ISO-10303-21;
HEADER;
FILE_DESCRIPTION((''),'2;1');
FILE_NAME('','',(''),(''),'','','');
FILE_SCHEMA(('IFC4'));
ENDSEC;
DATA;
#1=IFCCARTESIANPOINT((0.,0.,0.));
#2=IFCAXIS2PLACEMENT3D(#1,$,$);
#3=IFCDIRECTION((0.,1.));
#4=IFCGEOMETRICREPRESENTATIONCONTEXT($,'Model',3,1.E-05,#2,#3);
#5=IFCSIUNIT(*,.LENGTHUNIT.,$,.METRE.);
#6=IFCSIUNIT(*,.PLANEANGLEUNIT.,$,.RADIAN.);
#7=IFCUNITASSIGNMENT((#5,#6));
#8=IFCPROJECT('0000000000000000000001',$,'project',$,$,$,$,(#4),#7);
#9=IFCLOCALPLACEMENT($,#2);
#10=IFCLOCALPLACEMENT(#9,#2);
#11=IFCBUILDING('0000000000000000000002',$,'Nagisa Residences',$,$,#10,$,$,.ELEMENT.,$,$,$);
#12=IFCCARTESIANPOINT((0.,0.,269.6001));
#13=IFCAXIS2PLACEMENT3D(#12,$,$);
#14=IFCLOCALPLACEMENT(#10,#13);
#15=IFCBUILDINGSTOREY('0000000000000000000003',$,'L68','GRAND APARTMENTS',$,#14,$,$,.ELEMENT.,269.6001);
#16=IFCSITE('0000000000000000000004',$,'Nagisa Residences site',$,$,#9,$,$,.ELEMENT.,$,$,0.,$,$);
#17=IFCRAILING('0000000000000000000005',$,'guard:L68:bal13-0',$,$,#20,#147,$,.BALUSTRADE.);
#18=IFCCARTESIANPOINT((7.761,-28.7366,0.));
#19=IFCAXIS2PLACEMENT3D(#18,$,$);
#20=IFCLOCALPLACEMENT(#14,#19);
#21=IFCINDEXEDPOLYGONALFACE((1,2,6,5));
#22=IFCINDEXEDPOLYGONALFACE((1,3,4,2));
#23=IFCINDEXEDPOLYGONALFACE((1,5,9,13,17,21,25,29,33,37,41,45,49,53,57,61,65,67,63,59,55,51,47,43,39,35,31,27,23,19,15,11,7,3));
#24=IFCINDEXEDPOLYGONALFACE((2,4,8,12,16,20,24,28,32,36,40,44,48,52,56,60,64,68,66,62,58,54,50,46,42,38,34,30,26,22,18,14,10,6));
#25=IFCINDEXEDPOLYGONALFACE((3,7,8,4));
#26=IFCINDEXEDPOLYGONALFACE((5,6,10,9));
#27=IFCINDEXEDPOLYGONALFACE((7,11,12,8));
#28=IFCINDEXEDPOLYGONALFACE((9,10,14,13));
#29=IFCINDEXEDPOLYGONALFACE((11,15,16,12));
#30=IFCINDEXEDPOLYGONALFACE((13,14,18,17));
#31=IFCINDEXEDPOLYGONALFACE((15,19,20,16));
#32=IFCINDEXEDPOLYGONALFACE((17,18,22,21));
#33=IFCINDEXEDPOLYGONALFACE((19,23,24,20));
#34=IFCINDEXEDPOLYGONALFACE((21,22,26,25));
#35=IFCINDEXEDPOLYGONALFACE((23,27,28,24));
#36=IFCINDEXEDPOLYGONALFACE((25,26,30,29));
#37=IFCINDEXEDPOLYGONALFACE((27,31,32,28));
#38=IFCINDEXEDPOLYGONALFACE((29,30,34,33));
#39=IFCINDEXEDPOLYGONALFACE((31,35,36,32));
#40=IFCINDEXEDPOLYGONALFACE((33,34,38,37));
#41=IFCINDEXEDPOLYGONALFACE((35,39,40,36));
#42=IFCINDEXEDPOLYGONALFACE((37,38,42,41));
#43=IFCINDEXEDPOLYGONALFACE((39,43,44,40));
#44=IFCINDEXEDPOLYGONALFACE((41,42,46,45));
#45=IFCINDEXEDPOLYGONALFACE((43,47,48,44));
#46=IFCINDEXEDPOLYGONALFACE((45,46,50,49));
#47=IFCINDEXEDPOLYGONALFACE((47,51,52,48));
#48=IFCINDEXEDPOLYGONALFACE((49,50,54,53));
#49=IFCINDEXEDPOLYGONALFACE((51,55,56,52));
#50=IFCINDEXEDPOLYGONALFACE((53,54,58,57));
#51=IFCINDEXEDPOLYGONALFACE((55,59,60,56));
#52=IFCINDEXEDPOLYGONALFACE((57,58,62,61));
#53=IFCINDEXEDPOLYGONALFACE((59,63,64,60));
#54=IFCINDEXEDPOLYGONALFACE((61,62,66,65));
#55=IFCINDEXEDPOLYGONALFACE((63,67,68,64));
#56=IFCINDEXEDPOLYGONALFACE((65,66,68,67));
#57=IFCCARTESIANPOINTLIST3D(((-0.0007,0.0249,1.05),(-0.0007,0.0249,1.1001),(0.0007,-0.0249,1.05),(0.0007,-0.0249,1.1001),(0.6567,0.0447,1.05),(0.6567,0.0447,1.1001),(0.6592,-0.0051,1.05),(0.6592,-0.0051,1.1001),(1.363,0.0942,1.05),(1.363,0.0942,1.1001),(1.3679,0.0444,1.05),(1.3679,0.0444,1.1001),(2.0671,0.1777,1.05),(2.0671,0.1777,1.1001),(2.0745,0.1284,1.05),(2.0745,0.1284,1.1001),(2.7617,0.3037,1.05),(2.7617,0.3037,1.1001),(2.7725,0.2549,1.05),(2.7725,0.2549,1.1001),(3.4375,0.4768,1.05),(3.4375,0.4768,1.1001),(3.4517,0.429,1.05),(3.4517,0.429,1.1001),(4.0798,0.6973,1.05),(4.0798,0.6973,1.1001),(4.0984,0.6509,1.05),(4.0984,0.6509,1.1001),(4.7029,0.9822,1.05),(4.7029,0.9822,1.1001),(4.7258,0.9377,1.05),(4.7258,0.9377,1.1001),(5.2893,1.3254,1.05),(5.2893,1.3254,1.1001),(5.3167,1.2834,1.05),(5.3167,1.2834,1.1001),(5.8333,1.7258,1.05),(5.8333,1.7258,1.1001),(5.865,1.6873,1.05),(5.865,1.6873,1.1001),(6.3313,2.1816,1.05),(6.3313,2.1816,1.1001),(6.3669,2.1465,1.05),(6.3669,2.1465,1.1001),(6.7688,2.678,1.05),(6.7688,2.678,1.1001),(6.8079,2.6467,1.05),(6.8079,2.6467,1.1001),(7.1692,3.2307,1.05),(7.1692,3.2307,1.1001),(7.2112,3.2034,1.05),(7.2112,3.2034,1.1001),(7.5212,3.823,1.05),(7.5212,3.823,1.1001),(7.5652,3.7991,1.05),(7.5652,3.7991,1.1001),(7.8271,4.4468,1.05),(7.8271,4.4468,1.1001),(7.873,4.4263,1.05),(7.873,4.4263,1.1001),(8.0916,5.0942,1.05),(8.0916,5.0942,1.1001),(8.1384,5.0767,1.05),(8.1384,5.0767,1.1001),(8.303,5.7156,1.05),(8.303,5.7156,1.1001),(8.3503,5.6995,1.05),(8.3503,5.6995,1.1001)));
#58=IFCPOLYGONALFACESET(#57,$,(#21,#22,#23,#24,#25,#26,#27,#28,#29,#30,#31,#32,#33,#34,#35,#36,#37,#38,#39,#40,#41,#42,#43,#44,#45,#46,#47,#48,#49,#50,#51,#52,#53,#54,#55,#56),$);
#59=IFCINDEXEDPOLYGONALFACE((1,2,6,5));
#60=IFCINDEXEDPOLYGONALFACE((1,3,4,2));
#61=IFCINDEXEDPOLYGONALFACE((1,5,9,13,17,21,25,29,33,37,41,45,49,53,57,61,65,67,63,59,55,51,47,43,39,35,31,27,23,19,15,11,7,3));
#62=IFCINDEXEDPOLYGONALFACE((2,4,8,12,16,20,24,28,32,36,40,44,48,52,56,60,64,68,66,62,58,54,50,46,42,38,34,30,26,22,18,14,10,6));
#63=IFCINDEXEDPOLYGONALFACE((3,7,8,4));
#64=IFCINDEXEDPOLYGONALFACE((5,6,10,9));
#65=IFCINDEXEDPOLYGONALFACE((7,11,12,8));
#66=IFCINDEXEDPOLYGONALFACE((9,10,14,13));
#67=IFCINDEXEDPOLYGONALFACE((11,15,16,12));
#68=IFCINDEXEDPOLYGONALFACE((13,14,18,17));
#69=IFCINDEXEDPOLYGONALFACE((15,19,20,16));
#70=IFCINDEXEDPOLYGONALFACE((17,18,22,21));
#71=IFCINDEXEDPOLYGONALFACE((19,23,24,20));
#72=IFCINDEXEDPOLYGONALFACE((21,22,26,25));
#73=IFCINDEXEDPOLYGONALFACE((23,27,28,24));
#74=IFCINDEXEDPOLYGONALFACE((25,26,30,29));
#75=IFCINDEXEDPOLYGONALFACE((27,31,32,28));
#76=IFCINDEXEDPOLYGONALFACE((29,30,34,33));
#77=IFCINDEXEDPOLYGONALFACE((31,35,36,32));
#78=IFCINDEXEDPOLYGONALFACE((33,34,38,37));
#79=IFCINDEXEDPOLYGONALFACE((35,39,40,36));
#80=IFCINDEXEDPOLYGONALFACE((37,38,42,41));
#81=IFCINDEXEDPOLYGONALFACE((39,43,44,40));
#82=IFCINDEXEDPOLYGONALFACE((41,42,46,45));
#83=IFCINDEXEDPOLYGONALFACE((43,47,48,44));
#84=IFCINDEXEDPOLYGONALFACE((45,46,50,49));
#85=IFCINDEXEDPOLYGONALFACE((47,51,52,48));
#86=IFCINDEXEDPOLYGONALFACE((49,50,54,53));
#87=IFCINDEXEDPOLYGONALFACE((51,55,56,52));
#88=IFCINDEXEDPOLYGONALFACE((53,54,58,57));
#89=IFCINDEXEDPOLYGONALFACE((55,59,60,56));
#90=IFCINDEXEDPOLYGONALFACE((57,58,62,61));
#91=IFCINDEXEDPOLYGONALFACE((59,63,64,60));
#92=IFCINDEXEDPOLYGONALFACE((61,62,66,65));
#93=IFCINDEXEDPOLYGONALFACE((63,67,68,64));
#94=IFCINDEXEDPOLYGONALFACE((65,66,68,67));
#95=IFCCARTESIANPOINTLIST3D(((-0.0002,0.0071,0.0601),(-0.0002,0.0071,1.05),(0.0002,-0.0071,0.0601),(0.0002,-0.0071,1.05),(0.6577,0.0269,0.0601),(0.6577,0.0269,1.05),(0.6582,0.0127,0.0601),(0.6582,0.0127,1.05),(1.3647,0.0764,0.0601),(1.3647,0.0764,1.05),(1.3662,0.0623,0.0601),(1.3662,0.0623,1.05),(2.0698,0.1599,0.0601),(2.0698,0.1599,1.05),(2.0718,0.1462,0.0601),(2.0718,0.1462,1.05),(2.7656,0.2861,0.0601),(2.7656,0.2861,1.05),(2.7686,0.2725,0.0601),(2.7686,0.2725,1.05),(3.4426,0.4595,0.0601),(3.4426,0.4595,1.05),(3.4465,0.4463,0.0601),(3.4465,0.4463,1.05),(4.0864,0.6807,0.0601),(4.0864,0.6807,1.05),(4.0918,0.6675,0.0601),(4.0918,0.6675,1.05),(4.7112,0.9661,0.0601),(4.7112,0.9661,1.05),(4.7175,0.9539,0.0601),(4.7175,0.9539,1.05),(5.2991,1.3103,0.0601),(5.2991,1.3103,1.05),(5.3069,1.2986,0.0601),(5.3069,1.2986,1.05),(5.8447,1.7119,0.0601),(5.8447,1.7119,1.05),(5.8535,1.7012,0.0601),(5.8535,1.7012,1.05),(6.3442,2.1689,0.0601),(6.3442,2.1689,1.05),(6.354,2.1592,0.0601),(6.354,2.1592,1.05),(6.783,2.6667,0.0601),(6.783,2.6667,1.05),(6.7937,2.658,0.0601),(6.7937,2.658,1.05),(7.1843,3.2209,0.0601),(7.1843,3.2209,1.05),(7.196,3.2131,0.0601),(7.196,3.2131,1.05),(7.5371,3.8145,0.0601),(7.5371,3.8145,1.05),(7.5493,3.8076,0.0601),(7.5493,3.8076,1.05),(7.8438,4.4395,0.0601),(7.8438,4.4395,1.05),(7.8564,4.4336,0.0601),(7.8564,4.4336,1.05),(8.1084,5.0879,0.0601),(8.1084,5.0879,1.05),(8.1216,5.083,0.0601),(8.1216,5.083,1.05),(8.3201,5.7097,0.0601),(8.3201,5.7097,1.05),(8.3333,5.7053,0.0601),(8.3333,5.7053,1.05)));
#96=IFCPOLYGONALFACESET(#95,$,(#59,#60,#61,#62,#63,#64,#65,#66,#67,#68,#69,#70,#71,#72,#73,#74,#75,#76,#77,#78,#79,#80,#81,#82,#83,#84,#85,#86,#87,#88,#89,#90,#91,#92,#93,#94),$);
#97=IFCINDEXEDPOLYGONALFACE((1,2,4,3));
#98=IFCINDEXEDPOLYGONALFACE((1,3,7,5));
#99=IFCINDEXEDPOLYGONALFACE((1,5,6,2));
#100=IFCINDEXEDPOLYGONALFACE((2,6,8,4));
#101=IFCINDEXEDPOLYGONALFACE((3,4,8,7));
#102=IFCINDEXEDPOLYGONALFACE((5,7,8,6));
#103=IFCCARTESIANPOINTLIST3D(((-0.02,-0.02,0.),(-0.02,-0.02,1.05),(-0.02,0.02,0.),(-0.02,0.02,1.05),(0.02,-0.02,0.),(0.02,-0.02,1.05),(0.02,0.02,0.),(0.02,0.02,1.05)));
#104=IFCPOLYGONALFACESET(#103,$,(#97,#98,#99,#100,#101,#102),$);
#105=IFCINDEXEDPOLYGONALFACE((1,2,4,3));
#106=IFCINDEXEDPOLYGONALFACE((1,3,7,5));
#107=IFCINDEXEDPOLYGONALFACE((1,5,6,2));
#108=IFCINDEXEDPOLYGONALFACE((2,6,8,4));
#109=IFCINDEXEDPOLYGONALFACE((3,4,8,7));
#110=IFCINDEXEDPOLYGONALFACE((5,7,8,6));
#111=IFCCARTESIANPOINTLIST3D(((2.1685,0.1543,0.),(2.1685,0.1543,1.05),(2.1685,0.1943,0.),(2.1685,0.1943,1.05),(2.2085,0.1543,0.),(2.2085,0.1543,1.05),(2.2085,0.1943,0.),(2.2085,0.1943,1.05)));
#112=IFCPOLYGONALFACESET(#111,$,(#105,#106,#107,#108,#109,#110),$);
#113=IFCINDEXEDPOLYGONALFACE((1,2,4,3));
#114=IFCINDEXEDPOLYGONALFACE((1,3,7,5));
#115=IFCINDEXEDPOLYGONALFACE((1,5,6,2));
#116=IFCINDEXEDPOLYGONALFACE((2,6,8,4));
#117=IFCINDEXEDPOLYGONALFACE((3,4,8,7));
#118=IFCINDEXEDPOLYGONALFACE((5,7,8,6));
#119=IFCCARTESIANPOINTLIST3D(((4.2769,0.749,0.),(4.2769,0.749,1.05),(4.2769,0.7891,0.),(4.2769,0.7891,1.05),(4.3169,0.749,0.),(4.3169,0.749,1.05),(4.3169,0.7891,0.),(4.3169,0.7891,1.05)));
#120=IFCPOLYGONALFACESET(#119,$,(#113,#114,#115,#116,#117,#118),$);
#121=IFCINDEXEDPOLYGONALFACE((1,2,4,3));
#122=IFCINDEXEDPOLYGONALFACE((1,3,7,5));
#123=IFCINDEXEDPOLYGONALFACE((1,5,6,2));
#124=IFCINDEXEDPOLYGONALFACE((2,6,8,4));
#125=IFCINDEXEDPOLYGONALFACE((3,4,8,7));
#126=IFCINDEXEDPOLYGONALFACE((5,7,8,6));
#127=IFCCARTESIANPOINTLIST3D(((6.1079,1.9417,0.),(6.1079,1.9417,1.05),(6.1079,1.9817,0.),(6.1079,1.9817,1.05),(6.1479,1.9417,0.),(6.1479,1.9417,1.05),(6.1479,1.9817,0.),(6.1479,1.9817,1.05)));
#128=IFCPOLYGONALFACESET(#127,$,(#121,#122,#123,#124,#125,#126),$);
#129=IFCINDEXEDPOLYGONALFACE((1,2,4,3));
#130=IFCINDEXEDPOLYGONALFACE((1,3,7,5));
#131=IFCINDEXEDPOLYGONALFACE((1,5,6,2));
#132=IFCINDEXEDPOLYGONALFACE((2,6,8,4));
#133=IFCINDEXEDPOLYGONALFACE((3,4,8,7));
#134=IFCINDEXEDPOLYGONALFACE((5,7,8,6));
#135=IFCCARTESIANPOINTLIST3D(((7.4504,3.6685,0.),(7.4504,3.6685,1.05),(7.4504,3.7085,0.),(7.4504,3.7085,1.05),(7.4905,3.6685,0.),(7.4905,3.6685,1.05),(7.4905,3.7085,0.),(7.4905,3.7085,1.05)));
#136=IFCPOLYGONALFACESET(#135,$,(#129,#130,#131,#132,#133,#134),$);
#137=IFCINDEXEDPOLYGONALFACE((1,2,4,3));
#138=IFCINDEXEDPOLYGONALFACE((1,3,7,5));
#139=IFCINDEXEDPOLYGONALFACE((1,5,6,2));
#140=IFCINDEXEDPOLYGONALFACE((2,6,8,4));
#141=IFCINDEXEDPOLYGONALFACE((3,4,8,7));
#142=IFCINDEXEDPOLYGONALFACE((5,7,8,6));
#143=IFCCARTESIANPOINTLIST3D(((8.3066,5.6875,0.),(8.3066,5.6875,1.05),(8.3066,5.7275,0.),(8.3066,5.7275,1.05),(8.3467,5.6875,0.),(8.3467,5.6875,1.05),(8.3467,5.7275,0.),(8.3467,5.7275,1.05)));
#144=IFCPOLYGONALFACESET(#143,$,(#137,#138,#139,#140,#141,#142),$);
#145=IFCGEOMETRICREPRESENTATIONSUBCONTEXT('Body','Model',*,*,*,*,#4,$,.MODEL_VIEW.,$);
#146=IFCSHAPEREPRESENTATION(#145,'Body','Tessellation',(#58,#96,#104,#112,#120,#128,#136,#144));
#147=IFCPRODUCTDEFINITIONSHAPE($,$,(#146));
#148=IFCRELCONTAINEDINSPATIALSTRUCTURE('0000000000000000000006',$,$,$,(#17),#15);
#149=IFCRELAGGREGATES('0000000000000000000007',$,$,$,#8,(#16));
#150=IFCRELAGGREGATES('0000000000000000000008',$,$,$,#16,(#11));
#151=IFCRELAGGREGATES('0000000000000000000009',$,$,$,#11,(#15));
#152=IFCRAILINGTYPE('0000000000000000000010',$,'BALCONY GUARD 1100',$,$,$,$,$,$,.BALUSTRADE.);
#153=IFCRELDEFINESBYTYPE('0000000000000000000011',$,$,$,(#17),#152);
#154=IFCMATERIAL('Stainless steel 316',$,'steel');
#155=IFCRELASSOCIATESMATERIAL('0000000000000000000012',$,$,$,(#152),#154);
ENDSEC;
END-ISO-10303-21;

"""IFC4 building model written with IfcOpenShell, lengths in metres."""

from ifc_helpers import new_model, si_unit, direction, frame, origin, origin_2d, place, context, subcontext, project, spatial, polyline, rectangle, outline, extrude, material, type_object, element, save


model = new_model("IFC4")

# Units and contexts
model_context = context("Model", 3, precision=1e-05, world=origin(), true_north=direction((0.0, 1.0)))
body_context = subcontext(model_context, "Body", "Model", "MODEL_VIEW")
ifc_project = project(units=[si_unit("LENGTHUNIT", "METRE"), si_unit("PLANEANGLEUNIT", "RADIAN")], contexts=[model_context])

# Site, building, storey
site_placement = place(None, origin())
site = spatial("IfcSite", under=ifc_project, at=site_placement, Name="Nagisa Residences site", CompositionType="ELEMENT", RefElevation=0.0)
building_placement = place(site_placement, origin())
building = spatial("IfcBuilding", under=site, at=building_placement, Name="Nagisa Residences", CompositionType="ELEMENT")
storey_placement = place(building_placement, frame((0.0, 0.0, 269.6001)))
storey = spatial("IfcBuildingStorey", under=building, at=storey_placement, Name="L68", Description="GRAND APARTMENTS", CompositionType="ELEMENT", Elevation=269.6001)

# Railing
ifc_material_1 = material(Name="Stainless steel 316", Category="steel")
railing_type = type_object("IfcRailingType", Name="BALCONY GUARD 1100", PredefinedType="BALUSTRADE", material=ifc_material_1)
railing_placement = place(storey_placement, frame((7.761, -28.7366, 0.0)))
element("IfcRailing", 1, at=railing_placement, inside=storey, type_object=railing_type, Name="guard:L68:bal13-0", PredefinedType="BALUSTRADE", context=body_context, shape_type="SweptSolid", body=[
    extrude(outline(polyline([(0.6567, 0.0447), (-0.0007, 0.0249), (0.0007, -0.0249), (0.6592, -0.0051), (1.3679, 0.0444), (2.0745, 0.1284), (2.7725, 0.2549), (3.4517, 0.429), (4.0984, 0.6509), (4.7258, 0.9377), (5.3167, 1.2834), (5.865, 1.6873), (6.3669, 2.1465), (6.8079, 2.6467), (7.2112, 3.2034), (7.5652, 3.7991), (7.873, 4.4263), (8.1384, 5.0767), (8.3503, 5.6995), (8.303, 5.7156), (8.0916, 5.0942), (7.8271, 4.4468), (7.5212, 3.823), (7.1692, 3.2307), (6.7688, 2.678), (6.3313, 2.1816), (5.8333, 1.7258), (5.2893, 1.3254), (4.7029, 0.9822), (4.0798, 0.6973), (3.4375, 0.4768), (2.7617, 0.3037), (2.0671, 0.1777), (1.363, 0.0942), (0.6567, 0.0447)])), frame((0.0, 0.0, 1.05)), (0.0, 0.0, 1.0), 0.05),
    extrude(outline(polyline([(0.6577, 0.0269), (-0.0002, 0.0071), (0.0002, -0.0071), (0.6582, 0.0127), (1.3662, 0.0623), (2.0718, 0.1462), (2.7686, 0.2725), (3.4465, 0.4463), (4.0918, 0.6675), (4.7175, 0.9539), (5.3069, 1.2986), (5.8535, 1.7012), (6.354, 2.1592), (6.7937, 2.658), (7.196, 3.2131), (7.5493, 3.8076), (7.8564, 4.4336), (8.1216, 5.083), (8.3333, 5.7053), (8.3201, 5.7097), (8.1084, 5.0879), (7.8438, 4.4395), (7.5371, 3.8145), (7.1843, 3.2209), (6.783, 2.6667), (6.3442, 2.1689), (5.8447, 1.7119), (5.2991, 1.3103), (4.7112, 0.9661), (4.0864, 0.6807), (3.4426, 0.4595), (2.7656, 0.2861), (2.0698, 0.1599), (1.3647, 0.0764), (0.6577, 0.0269)])), frame((0.0, 0.0, 0.0601)), (0.0, 0.0, 1.0), 0.99),
    extrude(rectangle(XDim=0.04, YDim=0.04, at=origin_2d()), origin(), (0.0, 0.0, 1.0), 1.05),
    extrude(rectangle(XDim=0.04, YDim=0.04, at=origin_2d()), frame((2.1885, 0.1743, 0.0)), (0.0, 0.0, 1.0), 1.05),
    extrude(rectangle(XDim=0.04, YDim=0.04, at=origin_2d()), frame((4.2969, 0.769, 0.0)), (0.0, 0.0, 1.0), 1.05),
    extrude(rectangle(XDim=0.04, YDim=0.04, at=origin_2d()), frame((6.1279, 1.9617, 0.0)), (0.0, 0.0, 1.0), 1.05),
    extrude(rectangle(XDim=0.04, YDim=0.04, at=origin_2d()), frame((7.4705, 3.6885, 0.0)), (0.0, 0.0, 1.0), 1.05),
    extrude(rectangle(XDim=0.04, YDim=0.04, at=origin_2d()), frame((8.3267, 5.7075, 0.0)), (0.0, 0.0, 1.0), 1.05),
])

save(model, "model.ifc")
